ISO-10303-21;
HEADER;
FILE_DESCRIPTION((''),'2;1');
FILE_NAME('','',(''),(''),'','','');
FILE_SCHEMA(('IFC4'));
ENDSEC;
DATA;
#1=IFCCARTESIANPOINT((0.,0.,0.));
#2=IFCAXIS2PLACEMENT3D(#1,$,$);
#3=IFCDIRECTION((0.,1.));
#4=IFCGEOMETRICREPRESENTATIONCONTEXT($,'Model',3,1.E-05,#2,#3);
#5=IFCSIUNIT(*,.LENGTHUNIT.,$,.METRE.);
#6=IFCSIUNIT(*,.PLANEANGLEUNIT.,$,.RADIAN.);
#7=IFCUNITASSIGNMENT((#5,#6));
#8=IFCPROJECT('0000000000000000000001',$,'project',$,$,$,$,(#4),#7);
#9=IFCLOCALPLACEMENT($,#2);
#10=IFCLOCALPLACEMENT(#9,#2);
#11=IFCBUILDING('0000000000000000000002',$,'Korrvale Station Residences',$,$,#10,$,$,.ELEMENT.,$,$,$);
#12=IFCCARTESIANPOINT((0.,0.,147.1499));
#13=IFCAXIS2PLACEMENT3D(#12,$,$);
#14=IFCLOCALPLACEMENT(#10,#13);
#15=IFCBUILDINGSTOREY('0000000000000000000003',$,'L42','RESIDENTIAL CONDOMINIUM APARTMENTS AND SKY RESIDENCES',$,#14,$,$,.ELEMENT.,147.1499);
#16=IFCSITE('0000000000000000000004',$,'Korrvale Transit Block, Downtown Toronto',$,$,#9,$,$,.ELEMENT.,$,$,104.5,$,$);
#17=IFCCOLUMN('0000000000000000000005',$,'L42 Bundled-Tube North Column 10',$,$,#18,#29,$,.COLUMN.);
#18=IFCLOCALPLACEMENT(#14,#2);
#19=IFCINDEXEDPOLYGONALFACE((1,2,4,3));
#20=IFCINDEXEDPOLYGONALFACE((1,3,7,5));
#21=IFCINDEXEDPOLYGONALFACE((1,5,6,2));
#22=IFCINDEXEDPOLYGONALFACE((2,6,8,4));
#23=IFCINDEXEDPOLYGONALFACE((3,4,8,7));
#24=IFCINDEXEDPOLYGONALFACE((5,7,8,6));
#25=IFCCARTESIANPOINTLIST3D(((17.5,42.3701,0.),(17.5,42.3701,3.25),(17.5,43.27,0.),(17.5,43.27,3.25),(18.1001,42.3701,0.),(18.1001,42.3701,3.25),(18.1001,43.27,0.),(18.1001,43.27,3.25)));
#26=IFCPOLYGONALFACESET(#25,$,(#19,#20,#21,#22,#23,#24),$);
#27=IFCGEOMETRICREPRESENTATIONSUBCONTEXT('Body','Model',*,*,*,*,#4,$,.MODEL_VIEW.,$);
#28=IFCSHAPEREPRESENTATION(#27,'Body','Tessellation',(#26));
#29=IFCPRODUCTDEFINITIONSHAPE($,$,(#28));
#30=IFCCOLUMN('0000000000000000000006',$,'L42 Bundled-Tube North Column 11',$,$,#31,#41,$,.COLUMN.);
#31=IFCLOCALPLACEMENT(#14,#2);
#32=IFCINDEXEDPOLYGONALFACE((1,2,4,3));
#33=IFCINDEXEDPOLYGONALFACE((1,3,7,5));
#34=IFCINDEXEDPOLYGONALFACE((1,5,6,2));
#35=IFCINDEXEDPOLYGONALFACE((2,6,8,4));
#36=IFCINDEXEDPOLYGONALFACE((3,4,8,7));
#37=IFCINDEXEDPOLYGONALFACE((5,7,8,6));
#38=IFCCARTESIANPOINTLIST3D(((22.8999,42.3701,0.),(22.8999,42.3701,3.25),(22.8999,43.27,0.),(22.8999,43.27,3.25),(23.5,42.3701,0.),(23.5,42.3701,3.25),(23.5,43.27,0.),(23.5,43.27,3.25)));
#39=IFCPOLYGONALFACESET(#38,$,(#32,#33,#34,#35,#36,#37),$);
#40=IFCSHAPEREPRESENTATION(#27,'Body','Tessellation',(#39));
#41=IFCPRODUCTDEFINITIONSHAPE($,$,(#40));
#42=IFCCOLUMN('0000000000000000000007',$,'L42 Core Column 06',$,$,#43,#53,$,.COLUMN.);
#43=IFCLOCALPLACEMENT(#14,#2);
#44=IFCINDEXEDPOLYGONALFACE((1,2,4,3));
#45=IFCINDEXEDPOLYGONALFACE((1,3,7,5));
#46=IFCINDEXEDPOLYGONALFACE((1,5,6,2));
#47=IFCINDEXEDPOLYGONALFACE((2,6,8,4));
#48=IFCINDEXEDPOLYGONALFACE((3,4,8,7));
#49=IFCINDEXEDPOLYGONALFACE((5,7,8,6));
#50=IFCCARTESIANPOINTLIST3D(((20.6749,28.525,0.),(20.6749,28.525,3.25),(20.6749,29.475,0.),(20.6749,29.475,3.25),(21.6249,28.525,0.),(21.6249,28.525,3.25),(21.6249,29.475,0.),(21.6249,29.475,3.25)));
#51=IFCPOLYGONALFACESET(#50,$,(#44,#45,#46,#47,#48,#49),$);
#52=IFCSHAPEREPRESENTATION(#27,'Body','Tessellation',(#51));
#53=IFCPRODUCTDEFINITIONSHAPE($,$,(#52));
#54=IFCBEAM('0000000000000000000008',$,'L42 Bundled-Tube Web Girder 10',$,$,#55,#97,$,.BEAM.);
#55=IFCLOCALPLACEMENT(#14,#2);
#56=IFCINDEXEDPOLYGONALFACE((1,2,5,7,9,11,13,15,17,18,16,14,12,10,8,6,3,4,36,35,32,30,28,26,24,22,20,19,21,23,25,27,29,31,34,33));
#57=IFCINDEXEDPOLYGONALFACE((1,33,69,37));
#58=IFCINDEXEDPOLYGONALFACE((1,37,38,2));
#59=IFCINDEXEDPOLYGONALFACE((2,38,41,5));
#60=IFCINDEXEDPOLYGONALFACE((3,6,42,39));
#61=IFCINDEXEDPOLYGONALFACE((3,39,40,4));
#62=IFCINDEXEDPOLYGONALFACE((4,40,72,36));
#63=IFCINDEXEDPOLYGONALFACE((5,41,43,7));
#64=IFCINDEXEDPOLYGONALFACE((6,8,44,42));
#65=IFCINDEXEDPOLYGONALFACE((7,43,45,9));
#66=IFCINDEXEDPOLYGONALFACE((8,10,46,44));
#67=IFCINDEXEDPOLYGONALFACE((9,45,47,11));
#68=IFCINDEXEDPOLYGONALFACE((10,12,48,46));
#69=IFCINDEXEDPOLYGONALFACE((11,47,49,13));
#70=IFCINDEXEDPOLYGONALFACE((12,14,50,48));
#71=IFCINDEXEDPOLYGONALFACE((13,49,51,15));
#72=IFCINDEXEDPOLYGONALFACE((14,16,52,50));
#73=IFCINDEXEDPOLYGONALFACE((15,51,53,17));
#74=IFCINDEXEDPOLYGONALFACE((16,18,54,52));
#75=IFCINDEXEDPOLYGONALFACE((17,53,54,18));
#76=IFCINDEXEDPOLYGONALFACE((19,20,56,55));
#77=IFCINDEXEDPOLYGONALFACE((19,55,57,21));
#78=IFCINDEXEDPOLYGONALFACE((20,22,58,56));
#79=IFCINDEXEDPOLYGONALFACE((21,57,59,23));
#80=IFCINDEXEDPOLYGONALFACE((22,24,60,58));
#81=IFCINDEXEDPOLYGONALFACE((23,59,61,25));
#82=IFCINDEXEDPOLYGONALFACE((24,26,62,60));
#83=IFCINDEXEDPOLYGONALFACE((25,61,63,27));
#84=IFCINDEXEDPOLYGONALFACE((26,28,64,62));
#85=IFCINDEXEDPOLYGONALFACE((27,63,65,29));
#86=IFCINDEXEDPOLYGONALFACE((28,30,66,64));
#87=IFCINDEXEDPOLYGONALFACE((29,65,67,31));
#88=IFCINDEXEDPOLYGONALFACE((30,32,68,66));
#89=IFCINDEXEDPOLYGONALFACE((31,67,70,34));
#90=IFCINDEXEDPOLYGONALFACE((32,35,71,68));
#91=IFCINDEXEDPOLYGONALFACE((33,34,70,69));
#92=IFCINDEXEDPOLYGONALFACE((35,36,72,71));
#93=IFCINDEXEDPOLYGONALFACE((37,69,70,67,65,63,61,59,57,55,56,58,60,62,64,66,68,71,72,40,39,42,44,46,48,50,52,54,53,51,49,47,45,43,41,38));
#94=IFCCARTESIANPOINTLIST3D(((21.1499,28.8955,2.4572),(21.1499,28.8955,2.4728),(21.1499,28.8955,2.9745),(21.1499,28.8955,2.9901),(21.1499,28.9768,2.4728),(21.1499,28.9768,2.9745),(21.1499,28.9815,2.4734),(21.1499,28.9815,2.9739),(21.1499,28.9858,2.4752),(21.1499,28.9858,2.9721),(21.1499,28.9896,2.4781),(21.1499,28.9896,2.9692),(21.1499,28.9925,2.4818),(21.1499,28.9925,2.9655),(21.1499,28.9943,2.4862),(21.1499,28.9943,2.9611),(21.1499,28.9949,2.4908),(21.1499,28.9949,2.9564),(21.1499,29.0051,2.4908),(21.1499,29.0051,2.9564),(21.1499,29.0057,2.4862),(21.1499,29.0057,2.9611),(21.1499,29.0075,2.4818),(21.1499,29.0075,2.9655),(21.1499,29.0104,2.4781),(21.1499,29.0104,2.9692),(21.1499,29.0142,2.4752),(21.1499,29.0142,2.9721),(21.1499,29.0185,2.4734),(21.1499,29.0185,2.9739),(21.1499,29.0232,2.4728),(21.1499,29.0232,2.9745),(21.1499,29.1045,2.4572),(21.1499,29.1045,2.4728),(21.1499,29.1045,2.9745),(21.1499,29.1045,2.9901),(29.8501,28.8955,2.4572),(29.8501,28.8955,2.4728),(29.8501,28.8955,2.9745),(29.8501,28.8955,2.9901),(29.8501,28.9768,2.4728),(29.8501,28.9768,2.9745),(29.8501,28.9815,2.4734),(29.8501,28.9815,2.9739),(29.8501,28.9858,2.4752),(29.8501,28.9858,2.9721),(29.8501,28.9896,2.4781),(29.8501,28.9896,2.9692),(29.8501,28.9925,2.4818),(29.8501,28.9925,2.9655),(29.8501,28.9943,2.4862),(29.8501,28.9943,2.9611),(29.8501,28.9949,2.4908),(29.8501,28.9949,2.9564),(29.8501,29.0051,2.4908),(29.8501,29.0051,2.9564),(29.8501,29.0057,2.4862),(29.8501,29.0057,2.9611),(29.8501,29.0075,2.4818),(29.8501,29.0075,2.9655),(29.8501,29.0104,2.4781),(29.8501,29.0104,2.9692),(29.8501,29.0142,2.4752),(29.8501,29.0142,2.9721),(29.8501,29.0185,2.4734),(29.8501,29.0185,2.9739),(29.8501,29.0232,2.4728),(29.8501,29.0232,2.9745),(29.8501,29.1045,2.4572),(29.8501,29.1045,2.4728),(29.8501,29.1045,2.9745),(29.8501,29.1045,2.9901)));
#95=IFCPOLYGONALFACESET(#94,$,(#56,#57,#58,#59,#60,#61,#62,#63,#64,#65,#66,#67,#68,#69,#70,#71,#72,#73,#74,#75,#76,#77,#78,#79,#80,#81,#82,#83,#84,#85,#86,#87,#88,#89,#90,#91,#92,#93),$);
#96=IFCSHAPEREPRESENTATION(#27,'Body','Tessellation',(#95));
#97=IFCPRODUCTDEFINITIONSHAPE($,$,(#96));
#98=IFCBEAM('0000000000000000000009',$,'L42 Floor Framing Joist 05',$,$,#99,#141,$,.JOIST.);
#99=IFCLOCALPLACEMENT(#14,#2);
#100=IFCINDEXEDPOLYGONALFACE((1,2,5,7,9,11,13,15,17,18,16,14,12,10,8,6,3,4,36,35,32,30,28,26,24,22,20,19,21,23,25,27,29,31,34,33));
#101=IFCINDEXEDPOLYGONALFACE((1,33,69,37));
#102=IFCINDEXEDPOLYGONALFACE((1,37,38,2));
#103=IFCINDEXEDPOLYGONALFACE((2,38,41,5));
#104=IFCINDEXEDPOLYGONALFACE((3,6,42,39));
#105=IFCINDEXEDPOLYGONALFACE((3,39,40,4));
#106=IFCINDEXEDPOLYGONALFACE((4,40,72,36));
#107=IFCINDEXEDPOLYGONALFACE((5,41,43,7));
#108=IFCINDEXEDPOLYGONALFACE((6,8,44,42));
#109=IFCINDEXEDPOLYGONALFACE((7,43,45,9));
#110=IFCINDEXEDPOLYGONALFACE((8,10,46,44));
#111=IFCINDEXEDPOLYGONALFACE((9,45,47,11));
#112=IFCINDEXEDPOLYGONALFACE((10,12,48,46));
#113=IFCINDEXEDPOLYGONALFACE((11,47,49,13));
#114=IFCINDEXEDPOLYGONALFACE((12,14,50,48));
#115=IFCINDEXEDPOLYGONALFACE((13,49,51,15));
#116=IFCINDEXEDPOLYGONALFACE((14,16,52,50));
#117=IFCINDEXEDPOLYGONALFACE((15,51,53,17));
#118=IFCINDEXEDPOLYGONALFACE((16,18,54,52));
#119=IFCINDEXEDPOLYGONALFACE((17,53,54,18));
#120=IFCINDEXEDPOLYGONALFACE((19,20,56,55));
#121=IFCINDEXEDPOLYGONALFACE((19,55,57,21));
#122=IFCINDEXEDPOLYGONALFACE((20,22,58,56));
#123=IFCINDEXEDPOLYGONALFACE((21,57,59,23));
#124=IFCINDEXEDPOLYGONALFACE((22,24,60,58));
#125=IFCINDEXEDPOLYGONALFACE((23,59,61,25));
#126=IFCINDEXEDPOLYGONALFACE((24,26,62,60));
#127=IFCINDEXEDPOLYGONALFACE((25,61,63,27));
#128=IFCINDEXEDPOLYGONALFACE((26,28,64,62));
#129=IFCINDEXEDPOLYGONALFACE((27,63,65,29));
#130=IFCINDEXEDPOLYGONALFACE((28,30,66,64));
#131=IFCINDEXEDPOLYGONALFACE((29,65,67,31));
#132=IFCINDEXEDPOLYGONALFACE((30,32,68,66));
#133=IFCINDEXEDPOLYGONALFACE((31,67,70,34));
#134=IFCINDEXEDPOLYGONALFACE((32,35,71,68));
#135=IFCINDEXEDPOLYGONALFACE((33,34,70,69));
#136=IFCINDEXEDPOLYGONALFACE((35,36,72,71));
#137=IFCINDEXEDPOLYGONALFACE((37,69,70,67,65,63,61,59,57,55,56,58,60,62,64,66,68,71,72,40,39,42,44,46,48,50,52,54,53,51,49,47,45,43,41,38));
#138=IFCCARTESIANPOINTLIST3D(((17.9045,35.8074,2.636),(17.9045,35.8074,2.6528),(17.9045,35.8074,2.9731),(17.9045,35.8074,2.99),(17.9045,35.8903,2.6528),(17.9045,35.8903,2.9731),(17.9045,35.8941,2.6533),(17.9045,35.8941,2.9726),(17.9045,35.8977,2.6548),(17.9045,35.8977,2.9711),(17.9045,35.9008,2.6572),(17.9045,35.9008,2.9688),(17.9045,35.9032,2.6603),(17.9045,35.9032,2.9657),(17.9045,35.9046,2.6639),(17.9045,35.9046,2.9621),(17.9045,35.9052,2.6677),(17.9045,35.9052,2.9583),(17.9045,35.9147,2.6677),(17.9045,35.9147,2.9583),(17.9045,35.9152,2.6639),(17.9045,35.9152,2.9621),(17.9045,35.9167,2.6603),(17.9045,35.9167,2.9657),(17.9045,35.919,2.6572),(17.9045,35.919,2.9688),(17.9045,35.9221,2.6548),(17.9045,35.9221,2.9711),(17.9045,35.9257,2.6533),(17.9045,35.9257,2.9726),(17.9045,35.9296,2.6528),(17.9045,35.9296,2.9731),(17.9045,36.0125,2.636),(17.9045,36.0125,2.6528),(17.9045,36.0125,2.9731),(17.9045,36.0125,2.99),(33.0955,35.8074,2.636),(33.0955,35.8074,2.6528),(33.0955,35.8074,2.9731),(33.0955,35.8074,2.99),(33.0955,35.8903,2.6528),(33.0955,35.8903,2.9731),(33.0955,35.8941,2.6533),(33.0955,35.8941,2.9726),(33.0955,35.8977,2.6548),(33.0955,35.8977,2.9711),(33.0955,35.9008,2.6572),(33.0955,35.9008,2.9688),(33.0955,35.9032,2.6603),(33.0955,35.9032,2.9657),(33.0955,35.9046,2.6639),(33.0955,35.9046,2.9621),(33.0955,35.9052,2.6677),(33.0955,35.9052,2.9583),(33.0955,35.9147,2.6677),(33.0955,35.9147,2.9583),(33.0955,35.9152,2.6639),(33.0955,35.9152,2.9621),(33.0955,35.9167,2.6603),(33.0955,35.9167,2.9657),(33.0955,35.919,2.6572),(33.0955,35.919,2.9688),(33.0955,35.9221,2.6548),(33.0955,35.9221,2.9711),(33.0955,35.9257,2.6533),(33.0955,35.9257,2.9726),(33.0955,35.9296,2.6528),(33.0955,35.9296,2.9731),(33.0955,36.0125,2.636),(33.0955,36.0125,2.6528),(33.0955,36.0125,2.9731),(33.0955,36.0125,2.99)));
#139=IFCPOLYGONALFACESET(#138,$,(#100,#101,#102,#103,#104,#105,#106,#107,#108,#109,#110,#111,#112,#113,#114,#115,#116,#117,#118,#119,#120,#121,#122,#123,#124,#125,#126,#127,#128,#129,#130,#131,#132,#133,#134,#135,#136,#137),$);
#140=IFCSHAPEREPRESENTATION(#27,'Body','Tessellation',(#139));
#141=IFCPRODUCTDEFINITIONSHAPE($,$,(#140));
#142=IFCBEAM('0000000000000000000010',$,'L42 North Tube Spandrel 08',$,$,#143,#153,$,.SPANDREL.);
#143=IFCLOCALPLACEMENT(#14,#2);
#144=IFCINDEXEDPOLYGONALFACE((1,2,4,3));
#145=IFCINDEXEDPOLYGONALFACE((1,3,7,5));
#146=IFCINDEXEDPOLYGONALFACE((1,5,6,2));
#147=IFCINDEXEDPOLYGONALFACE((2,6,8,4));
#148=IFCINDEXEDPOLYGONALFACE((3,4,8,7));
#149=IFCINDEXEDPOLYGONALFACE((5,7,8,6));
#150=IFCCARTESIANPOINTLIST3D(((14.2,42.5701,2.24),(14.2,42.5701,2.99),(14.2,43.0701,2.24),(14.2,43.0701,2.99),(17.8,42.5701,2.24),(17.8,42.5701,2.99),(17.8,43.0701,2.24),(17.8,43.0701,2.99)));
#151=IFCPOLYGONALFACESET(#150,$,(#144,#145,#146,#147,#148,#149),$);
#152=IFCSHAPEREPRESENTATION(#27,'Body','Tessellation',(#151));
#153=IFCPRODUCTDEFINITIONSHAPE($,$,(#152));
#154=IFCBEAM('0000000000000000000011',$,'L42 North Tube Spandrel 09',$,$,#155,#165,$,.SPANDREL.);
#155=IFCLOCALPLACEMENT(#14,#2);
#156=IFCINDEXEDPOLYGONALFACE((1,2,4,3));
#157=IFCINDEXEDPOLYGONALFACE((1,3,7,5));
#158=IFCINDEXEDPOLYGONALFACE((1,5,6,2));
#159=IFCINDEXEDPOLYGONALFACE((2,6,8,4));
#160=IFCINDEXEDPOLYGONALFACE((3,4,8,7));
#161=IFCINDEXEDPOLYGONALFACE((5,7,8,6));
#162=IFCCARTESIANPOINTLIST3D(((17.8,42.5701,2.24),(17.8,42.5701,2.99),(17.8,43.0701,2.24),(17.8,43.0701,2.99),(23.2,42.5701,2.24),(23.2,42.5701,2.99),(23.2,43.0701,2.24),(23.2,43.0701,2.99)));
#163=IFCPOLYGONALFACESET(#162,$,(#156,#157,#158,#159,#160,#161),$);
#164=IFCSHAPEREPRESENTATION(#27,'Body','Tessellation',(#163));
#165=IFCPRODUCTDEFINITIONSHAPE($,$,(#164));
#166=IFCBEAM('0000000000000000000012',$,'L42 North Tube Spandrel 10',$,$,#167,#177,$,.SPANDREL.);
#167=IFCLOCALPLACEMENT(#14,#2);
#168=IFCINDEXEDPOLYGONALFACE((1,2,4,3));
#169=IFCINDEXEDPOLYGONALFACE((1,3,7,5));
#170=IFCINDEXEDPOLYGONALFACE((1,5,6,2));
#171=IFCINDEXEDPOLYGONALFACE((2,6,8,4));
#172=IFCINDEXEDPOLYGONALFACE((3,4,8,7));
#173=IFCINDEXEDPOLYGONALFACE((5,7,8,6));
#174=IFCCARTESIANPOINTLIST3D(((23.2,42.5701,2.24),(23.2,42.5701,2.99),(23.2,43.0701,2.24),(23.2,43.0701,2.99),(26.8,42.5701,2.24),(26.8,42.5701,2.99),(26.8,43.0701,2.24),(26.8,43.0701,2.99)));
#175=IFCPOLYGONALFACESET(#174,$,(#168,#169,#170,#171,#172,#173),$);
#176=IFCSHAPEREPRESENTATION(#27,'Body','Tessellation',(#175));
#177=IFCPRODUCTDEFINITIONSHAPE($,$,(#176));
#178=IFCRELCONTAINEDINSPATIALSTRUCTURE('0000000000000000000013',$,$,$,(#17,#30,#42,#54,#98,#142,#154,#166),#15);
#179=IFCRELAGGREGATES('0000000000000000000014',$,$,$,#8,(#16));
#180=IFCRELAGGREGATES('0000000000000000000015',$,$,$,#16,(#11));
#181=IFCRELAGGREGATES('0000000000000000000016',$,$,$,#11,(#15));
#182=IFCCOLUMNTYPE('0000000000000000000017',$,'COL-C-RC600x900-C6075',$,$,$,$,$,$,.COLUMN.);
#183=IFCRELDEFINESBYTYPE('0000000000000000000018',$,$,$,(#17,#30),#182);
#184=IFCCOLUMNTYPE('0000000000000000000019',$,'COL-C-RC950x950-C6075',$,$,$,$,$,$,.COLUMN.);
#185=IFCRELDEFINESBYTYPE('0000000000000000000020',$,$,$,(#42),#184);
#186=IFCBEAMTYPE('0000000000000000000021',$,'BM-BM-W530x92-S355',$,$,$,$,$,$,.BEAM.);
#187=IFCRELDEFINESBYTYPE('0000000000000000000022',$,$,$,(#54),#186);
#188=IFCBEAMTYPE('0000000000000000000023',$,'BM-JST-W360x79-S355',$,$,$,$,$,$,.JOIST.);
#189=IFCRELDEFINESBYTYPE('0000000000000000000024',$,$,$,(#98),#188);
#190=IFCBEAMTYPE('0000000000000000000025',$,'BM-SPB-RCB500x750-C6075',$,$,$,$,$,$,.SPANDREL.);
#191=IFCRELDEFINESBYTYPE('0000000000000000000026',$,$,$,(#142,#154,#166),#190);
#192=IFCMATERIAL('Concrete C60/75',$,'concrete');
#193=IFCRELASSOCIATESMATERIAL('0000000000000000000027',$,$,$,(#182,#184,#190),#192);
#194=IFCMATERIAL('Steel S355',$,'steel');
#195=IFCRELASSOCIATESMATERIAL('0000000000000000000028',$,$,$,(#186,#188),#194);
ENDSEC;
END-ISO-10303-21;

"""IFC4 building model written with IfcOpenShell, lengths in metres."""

from ifc_helpers import new_model, si_unit, direction, frame, origin, origin_2d, place, context, subcontext, project, spatial, rectangle, i_section, extrude, material, material_profile, profile_set, type_object, element, save


model = new_model("IFC4")

# Units and contexts
model_context = context("Model", 3, precision=1e-05, world=origin(), true_north=direction((0.0, 1.0)))
body_context = subcontext(model_context, "Body", "Model", "MODEL_VIEW")
ifc_project = project(units=[si_unit("LENGTHUNIT", "METRE"), si_unit("PLANEANGLEUNIT", "RADIAN")], contexts=[model_context])

# Site, building, storey
site_placement = place(None, origin())
site = spatial("IfcSite", under=ifc_project, at=site_placement, Name="Korrvale Transit Block, Downtown Toronto", CompositionType="ELEMENT", RefElevation=104.5)
building_placement = place(site_placement, origin())
building = spatial("IfcBuilding", under=site, at=building_placement, Name="Korrvale Station Residences", CompositionType="ELEMENT")
storey_placement = place(building_placement, frame((0.0, 0.0, 147.1499)))
storey = spatial("IfcBuildingStorey", under=building, at=storey_placement, Name="L42", Description="RESIDENTIAL CONDOMINIUM APARTMENTS AND SKY RESIDENCES", CompositionType="ELEMENT", Elevation=147.1499)

# Columns
ifc_material_1 = material(Name="Concrete C60/75", Category="concrete")
ifc_material_profile_1 = material_profile(ifc_material_1, rectangle(XDim=0.6001, YDim=0.8999, at=origin_2d()), Name="RC600x900")
ifc_profile_set_1 = profile_set([ifc_material_profile_1], Name="Concrete C60/75")
column_type_1 = type_object("IfcColumnType", Name="COL-C-RC600x900-C6075", PredefinedType="COLUMN", material=ifc_profile_set_1)
for number, where, z_axis, x_axis, name in (
    (1, (17.8, 42.8201, 0.0), (0.0, 0.0, 1.0), (1.0, 0.0, 0.0), "L42 Bundled-Tube North Column 10"),
    (2, (23.2, 42.8201, 0.0), (0.0, 0.0, 1.0), (1.0, 0.0, 0.0), "L42 Bundled-Tube North Column 11"),
):
    element("IfcColumn", number, at=place(storey_placement, frame(where, z_axis=z_axis, x_axis=x_axis)), inside=storey, type_object=column_type_1, Name=name, PredefinedType="COLUMN", context=body_context, shape_type="SweptSolid", body=[
        extrude(rectangle(XDim=0.6001, YDim=0.8999, at=origin_2d()), origin(), (0.0, 0.0, 1.0), 3.25),
    ])
ifc_material_profile_2 = material_profile(ifc_material_1, rectangle(XDim=0.95, YDim=0.95, at=origin_2d()), Name="RC950x950")
ifc_profile_set_2 = profile_set([ifc_material_profile_2], Name="Concrete C60/75")
column_type_2 = type_object("IfcColumnType", Name="COL-C-RC950x950-C6075", PredefinedType="COLUMN", material=ifc_profile_set_2)
column_placement = place(storey_placement, frame((21.1499, 29.0, 0.0), z_axis=(0.0, 0.0, 1.0), x_axis=(1.0, 0.0, 0.0)))
element("IfcColumn", 3, at=column_placement, inside=storey, type_object=column_type_2, Name="L42 Core Column 06", PredefinedType="COLUMN", context=body_context, shape_type="SweptSolid", body=[
    extrude(rectangle(XDim=0.95, YDim=0.95, at=origin_2d()), origin(), (0.0, 0.0, 1.0), 3.25),
])

# Beams
ifc_material_2 = material(Name="Steel S355", Category="steel")
ifc_material_profile_3 = material_profile(ifc_material_2, i_section(OverallWidth=0.209, OverallDepth=0.533, WebThickness=0.0103, FlangeThickness=0.0156, FilletRadius=0.0181, at=origin_2d()), Name="W530x92")
ifc_profile_set_3 = profile_set([ifc_material_profile_3], Name="Steel S355")
beam_type_1 = type_object("IfcBeamType", Name="BM-BM-W530x92-S355", PredefinedType="BEAM", material=ifc_profile_set_3)
beam_1_placement = place(storey_placement, frame((21.1499, 29.0, 2.7236), z_axis=(1.0, 0.0, 0.0), x_axis=(0.0, 1.0, 0.0)))
element("IfcBeam", 4, at=beam_1_placement, inside=storey, type_object=beam_type_1, Name="L42 Bundled-Tube Web Girder 10", PredefinedType="BEAM", context=body_context, shape_type="SweptSolid", body=[
    extrude(i_section(OverallWidth=0.209, OverallDepth=0.533, WebThickness=0.0103, FlangeThickness=0.0156, FilletRadius=0.0181, at=origin_2d()), origin(), (0.0, 0.0, 1.0), 8.7002),
])
ifc_material_profile_4 = material_profile(ifc_material_2, i_section(OverallWidth=0.2051, OverallDepth=0.354, WebThickness=0.0095, FlangeThickness=0.0168, FilletRadius=0.0149, at=origin_2d()), Name="W360x79")
ifc_profile_set_4 = profile_set([ifc_material_profile_4], Name="Steel S355")
beam_type_2 = type_object("IfcBeamType", Name="BM-JST-W360x79-S355", PredefinedType="JOIST", material=ifc_profile_set_4)
beam_2_placement = place(storey_placement, frame((17.9045, 35.9099, 2.813), z_axis=(1.0, 0.0, 0.0), x_axis=(0.0, 1.0, 0.0)))
element("IfcBeam", 5, at=beam_2_placement, inside=storey, type_object=beam_type_2, Name="L42 Floor Framing Joist 05", PredefinedType="JOIST", context=body_context, shape_type="SweptSolid", body=[
    extrude(i_section(OverallWidth=0.2051, OverallDepth=0.354, WebThickness=0.0095, FlangeThickness=0.0168, FilletRadius=0.0149, at=origin_2d()), origin(), (0.0, 0.0, 1.0), 15.1909),
])
ifc_material_profile_5 = material_profile(ifc_material_1, rectangle(XDim=0.5, YDim=0.75, at=origin_2d()), Name="RCB500x750")
ifc_profile_set_5 = profile_set([ifc_material_profile_5], Name="Concrete C60/75")
beam_type_3 = type_object("IfcBeamType", Name="BM-SPB-RCB500x750-C6075", PredefinedType="SPANDREL", material=ifc_profile_set_5)
beam_3_placement = place(storey_placement, frame((14.2, 42.8201, 2.615), z_axis=(1.0, 0.0, 0.0), x_axis=(0.0, 1.0, 0.0)))
element("IfcBeam", 6, at=beam_3_placement, inside=storey, type_object=beam_type_3, Name="L42 North Tube Spandrel 08", PredefinedType="SPANDREL", context=body_context, shape_type="SweptSolid", body=[
    extrude(rectangle(XDim=0.5, YDim=0.75, at=origin_2d()), origin(), (0.0, 0.0, 1.0), 3.6001),
])
beam_4_placement = place(storey_placement, frame((17.8, 42.8201, 2.615), z_axis=(1.0, 0.0, 0.0), x_axis=(0.0, 1.0, 0.0)))
element("IfcBeam", 7, at=beam_4_placement, inside=storey, type_object=beam_type_3, Name="L42 North Tube Spandrel 09", PredefinedType="SPANDREL", context=body_context, shape_type="SweptSolid", body=[
    extrude(rectangle(XDim=0.5, YDim=0.75, at=origin_2d()), origin(), (0.0, 0.0, 1.0), 5.3999),
])
beam_5_placement = place(storey_placement, frame((23.2, 42.8201, 2.615), z_axis=(1.0, 0.0, 0.0), x_axis=(0.0, 1.0, 0.0)))
element("IfcBeam", 8, at=beam_5_placement, inside=storey, type_object=beam_type_3, Name="L42 North Tube Spandrel 10", PredefinedType="SPANDREL", context=body_context, shape_type="SweptSolid", body=[
    extrude(rectangle(XDim=0.5, YDim=0.75, at=origin_2d()), origin(), (0.0, 0.0, 1.0), 3.6001),
])

save(model, "model.ifc")
